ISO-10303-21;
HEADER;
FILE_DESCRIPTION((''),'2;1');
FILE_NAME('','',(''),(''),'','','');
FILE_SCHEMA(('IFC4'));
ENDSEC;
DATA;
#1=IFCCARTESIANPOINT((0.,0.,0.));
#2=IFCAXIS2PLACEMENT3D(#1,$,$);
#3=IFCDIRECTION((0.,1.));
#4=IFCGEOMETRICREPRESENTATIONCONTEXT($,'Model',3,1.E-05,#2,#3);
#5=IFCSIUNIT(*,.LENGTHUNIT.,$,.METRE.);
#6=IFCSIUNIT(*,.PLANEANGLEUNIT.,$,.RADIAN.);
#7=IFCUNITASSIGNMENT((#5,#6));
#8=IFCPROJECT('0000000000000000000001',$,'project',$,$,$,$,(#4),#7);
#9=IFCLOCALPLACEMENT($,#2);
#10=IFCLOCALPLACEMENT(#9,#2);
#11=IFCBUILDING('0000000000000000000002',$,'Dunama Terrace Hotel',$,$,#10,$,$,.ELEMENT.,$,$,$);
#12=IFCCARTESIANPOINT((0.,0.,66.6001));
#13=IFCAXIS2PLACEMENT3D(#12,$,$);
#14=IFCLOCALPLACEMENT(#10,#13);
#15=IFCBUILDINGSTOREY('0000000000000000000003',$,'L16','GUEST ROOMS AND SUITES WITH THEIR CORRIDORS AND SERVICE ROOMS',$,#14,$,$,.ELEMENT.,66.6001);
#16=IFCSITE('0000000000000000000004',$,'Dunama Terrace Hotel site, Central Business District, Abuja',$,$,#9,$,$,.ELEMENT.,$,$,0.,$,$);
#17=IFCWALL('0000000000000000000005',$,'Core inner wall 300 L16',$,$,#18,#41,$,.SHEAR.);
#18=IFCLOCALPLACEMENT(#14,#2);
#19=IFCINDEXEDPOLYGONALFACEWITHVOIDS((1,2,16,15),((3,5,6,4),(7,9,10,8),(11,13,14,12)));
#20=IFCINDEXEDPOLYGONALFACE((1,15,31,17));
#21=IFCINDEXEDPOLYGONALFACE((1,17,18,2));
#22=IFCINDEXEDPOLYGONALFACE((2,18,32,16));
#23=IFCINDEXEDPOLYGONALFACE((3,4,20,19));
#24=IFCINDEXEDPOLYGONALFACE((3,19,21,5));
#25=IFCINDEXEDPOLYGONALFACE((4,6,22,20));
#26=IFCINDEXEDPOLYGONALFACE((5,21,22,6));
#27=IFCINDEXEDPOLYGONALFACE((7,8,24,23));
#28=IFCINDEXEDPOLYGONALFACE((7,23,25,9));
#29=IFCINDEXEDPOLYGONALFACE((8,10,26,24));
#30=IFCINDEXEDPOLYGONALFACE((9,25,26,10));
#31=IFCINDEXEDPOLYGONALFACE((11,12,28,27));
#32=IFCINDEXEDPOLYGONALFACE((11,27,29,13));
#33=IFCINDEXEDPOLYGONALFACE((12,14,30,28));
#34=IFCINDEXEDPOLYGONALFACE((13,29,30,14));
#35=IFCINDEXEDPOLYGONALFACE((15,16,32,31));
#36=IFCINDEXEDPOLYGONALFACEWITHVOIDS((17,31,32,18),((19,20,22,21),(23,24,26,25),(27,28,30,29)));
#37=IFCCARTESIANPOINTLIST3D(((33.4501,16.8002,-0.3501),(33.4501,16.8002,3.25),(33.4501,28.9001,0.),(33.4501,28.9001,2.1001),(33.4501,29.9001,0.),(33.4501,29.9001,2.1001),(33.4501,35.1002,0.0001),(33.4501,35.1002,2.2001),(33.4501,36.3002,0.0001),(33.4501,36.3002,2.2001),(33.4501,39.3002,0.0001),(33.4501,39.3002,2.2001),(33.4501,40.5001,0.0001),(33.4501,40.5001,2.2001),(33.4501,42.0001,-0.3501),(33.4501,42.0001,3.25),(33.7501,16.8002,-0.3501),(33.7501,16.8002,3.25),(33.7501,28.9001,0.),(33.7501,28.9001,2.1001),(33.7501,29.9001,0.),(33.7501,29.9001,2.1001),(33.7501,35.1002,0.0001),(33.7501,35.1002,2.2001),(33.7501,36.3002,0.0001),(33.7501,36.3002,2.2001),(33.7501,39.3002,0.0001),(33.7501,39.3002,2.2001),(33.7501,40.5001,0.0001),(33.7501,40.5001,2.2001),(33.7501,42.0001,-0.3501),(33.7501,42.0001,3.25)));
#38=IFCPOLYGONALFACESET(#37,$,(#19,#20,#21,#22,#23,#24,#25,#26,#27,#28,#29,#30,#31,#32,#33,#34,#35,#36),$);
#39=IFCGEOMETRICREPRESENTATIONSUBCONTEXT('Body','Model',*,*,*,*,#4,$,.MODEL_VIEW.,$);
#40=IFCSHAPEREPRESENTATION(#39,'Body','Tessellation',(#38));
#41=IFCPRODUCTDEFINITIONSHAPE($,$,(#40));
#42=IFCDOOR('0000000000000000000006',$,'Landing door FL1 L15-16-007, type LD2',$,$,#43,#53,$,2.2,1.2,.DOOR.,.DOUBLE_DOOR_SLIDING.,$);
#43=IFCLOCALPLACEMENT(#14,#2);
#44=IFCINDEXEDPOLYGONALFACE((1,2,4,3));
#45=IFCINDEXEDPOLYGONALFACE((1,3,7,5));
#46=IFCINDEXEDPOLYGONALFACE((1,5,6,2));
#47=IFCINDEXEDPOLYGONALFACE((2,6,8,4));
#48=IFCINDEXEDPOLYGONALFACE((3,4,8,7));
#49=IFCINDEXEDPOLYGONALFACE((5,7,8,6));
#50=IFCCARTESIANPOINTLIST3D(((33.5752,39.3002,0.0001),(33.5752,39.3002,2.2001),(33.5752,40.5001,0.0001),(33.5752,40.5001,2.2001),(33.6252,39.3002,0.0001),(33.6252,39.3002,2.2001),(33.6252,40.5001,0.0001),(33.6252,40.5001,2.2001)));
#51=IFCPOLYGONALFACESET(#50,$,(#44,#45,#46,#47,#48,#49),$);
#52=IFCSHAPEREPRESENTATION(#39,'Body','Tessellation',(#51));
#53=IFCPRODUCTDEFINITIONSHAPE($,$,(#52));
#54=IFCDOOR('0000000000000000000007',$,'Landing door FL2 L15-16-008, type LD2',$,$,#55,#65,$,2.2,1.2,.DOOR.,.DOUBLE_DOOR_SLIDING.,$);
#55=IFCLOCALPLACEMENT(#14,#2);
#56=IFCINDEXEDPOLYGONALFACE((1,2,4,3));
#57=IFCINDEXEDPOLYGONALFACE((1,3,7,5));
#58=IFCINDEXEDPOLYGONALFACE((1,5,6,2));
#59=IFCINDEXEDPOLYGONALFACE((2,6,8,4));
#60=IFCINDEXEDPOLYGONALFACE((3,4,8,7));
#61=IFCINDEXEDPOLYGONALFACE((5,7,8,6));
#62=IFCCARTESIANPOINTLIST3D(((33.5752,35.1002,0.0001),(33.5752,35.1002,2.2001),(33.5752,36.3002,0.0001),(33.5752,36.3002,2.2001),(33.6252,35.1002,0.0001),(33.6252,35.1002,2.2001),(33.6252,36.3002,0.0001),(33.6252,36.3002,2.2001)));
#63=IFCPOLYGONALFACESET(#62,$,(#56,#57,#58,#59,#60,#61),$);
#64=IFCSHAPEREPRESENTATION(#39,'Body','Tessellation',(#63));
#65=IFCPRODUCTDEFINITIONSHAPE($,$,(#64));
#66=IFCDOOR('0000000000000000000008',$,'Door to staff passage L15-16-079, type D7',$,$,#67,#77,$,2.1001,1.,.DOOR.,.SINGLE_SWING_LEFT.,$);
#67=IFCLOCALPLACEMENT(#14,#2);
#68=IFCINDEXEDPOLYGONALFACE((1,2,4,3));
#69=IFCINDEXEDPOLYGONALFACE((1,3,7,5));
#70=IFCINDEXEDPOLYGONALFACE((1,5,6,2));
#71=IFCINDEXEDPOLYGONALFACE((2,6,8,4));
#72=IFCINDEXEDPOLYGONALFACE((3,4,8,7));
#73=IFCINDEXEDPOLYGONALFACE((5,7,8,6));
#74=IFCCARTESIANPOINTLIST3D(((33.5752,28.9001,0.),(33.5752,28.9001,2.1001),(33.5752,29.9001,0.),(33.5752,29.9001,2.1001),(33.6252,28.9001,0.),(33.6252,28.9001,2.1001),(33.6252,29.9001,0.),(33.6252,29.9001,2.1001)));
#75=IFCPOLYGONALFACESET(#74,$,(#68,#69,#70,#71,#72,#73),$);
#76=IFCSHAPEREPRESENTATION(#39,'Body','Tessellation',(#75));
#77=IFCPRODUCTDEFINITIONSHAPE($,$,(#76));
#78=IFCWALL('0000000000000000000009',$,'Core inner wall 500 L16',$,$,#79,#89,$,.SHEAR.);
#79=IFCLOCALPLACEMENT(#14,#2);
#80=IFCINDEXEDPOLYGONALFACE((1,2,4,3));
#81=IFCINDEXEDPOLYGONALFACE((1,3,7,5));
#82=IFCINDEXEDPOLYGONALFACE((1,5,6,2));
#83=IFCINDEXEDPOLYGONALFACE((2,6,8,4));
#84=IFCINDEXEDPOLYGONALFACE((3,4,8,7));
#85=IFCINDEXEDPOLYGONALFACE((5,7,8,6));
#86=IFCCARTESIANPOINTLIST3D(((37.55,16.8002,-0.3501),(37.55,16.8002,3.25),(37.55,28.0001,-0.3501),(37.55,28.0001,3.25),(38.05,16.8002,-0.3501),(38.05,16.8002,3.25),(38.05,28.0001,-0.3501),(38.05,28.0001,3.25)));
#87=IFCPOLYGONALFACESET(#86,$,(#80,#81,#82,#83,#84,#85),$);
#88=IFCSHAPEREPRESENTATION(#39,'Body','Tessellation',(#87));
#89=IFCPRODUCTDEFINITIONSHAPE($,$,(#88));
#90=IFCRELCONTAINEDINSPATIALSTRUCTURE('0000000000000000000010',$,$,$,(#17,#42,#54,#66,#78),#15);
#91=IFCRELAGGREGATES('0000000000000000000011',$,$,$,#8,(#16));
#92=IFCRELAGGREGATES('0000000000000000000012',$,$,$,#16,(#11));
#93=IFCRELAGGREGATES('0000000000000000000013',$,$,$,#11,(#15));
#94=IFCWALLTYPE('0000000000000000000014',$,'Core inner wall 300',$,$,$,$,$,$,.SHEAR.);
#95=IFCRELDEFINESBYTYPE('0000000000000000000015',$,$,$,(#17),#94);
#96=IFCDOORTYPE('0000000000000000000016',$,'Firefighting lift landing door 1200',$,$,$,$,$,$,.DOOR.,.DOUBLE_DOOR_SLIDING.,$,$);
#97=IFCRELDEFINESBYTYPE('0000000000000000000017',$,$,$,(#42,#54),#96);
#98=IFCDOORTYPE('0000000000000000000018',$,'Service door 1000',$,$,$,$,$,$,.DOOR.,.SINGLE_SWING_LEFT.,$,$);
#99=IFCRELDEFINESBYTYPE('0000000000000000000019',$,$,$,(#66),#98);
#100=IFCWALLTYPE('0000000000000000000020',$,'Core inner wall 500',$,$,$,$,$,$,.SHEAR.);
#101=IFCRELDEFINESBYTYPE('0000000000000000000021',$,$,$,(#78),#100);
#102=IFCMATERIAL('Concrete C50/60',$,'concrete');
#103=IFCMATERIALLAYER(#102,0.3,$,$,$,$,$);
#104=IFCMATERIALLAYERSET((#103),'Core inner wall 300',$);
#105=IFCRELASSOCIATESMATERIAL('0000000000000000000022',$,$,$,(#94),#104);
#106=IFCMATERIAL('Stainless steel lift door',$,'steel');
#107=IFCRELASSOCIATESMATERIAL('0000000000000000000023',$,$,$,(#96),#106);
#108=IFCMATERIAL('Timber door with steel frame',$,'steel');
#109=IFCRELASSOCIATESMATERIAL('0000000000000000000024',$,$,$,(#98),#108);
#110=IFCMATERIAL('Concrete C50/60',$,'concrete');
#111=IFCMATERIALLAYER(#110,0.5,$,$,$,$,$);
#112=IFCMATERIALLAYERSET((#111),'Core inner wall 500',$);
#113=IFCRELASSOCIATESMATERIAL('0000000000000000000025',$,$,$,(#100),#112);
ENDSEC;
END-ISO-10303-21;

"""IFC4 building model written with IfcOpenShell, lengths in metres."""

from ifc_helpers import new_model, si_unit, direction, frame, frame_2d, origin, place, context, subcontext, project, spatial, rectangle, extrude, material, layer, layer_set, type_object, element, fill, save


model = new_model("IFC4")

# Units and contexts
model_context = context("Model", 3, precision=1e-05, world=origin(), true_north=direction((0.0, 1.0)))
body_context = subcontext(model_context, "Body", "Model", "MODEL_VIEW")
ifc_project = project(units=[si_unit("LENGTHUNIT", "METRE"), si_unit("PLANEANGLEUNIT", "RADIAN")], contexts=[model_context])

# Site, building, storey
site_placement = place(None, origin())
site = spatial("IfcSite", under=ifc_project, at=site_placement, Name="Dunama Terrace Hotel site, Central Business District, Abuja", CompositionType="ELEMENT", RefElevation=0.0)
building_placement = place(site_placement, origin())
building = spatial("IfcBuilding", under=site, at=building_placement, Name="Dunama Terrace Hotel", CompositionType="ELEMENT")
storey_placement = place(building_placement, frame((0.0, 0.0, 66.6001)))
storey = spatial("IfcBuildingStorey", under=building, at=storey_placement, Name="L16", Description="GUEST ROOMS AND SUITES WITH THEIR CORRIDORS AND SERVICE ROOMS", CompositionType="ELEMENT", Elevation=66.6001)

# Wall, openings, doors
ifc_material_1 = material(Name="Concrete C50/60", Category="concrete")
ifc_layer_1 = layer(ifc_material_1, 0.3)
ifc_layer_set_1 = layer_set([ifc_layer_1], Name="Core inner wall 300")
wall_type_1 = type_object("IfcWallType", Name="Core inner wall 300", PredefinedType="SHEAR", material=ifc_layer_set_1)
wall_1_placement = place(storey_placement, frame((33.6001, 16.8, -0.3501), z_axis=(0.0, 0.0, 1.0), x_axis=(0.0, 1.0, 0.0)))
wall_1 = element("IfcWall", 1, at=wall_1_placement, inside=storey, type_object=wall_type_1, Name="Core inner wall 300 L16", PredefinedType="SHEAR", context=body_context, shape_type="SweptSolid", body=[
    extrude(rectangle(XDim=25.2, YDim=0.3, at=frame_2d((12.6001, 0.0))), origin(), (0.0, 0.0, 1.0), 3.6001),
])
opening_1_placement = place(wall_1_placement, frame((22.5, 0.0, 0.3501)))
opening_1 = element("IfcOpeningElement", 2, at=opening_1_placement, cuts=wall_1, PredefinedType="OPENING", context=body_context, shape_type="SweptSolid", body=[
    extrude(rectangle(XDim=1.2, YDim=2.2, at=frame_2d((0.6001, 1.1001))), frame((0.0, 0.1599, 0.0), z_axis=(0.0, -1.0, 0.0), x_axis=(1.0, 0.0, 0.0)), (0.0, 0.0, 1.0), 0.3201),
])
opening_2_placement = place(wall_1_placement, frame((18.3, 0.0, 0.3501)))
opening_2 = element("IfcOpeningElement", 3, at=opening_2_placement, cuts=wall_1, PredefinedType="OPENING", context=body_context, shape_type="SweptSolid", body=[
    extrude(rectangle(XDim=1.2, YDim=2.2, at=frame_2d((0.6001, 1.1001))), frame((0.0, 0.1599, 0.0), z_axis=(0.0, -1.0, 0.0), x_axis=(1.0, 0.0, 0.0)), (0.0, 0.0, 1.0), 0.3201),
])
opening_3_placement = place(wall_1_placement, frame((12.1001, 0.0, 0.3501)))
opening_3 = element("IfcOpeningElement", 4, at=opening_3_placement, cuts=wall_1, PredefinedType="OPENING", context=body_context, shape_type="SweptSolid", body=[
    extrude(rectangle(XDim=1.0, YDim=2.1001, at=frame_2d((0.5, 1.05))), frame((0.0, 0.1599, 0.0), z_axis=(0.0, -1.0, 0.0), x_axis=(1.0, 0.0, 0.0)), (0.0, 0.0, 1.0), 0.3201),
])
ifc_material_2 = material(Name="Stainless steel lift door", Category="steel")
door_type_1 = type_object("IfcDoorType", Name="Firefighting lift landing door 1200", OperationType="DOUBLE_DOOR_SLIDING", PredefinedType="DOOR", material=ifc_material_2)
door_1_placement = place(opening_1_placement, origin())
door_1 = element("IfcDoor", 5, at=door_1_placement, inside=storey, type_object=door_type_1, Name="Landing door FL1 L15-16-007, type LD2", OperationType="DOUBLE_DOOR_SLIDING", OverallHeight=2.2, OverallWidth=1.2, PredefinedType="DOOR", context=body_context, shape_type="SweptSolid", body=[
    extrude(rectangle(XDim=1.2, YDim=2.2, at=frame_2d((0.6001, 1.1001))), frame((0.0, 0.0249, 0.0), z_axis=(0.0, -1.0, 0.0), x_axis=(1.0, 0.0, 0.0)), (0.0, 0.0, 1.0), 0.05),
])
fill(opening_1, door_1)
door_2_placement = place(opening_2_placement, origin())
door_2 = element("IfcDoor", 6, at=door_2_placement, inside=storey, type_object=door_type_1, Name="Landing door FL2 L15-16-008, type LD2", OperationType="DOUBLE_DOOR_SLIDING", OverallHeight=2.2, OverallWidth=1.2, PredefinedType="DOOR", context=body_context, shape_type="SweptSolid", body=[
    extrude(rectangle(XDim=1.2, YDim=2.2, at=frame_2d((0.6001, 1.1001))), frame((0.0, 0.0249, 0.0), z_axis=(0.0, -1.0, 0.0), x_axis=(1.0, 0.0, 0.0)), (0.0, 0.0, 1.0), 0.05),
])
fill(opening_2, door_2)
ifc_material_3 = material(Name="Timber door with steel frame", Category="steel")
door_type_2 = type_object("IfcDoorType", Name="Service door 1000", OperationType="SINGLE_SWING_LEFT", PredefinedType="DOOR", material=ifc_material_3)
door_3_placement = place(opening_3_placement, origin())
door_3 = element("IfcDoor", 7, at=door_3_placement, inside=storey, type_object=door_type_2, Name="Door to staff passage L15-16-079, type D7", OperationType="SINGLE_SWING_LEFT", OverallHeight=2.1001, OverallWidth=1.0, PredefinedType="DOOR", context=body_context, shape_type="SweptSolid", body=[
    extrude(rectangle(XDim=1.0, YDim=2.1001, at=frame_2d((0.5, 1.05))), frame((0.0, 0.0249, 0.0), z_axis=(0.0, -1.0, 0.0), x_axis=(1.0, 0.0, 0.0)), (0.0, 0.0, 1.0), 0.05),
])
fill(opening_3, door_3)

# Wall
ifc_material_4 = material(Name="Concrete C50/60", Category="concrete")
ifc_layer_2 = layer(ifc_material_4, 0.5)
ifc_layer_set_2 = layer_set([ifc_layer_2], Name="Core inner wall 500")
wall_type_2 = type_object("IfcWallType", Name="Core inner wall 500", PredefinedType="SHEAR", material=ifc_layer_set_2)
wall_2_placement = place(storey_placement, frame((37.8, 16.8, -0.3501), z_axis=(0.0, 0.0, 1.0), x_axis=(0.0, 1.0, 0.0)))
element("IfcWall", 8, at=wall_2_placement, inside=storey, type_object=wall_type_2, Name="Core inner wall 500 L16", PredefinedType="SHEAR", context=body_context, shape_type="SweptSolid", body=[
    extrude(rectangle(XDim=11.2, YDim=0.5, at=frame_2d((5.6001, 0.0))), origin(), (0.0, 0.0, 1.0), 3.6001),
])

save(model, "model.ifc")
